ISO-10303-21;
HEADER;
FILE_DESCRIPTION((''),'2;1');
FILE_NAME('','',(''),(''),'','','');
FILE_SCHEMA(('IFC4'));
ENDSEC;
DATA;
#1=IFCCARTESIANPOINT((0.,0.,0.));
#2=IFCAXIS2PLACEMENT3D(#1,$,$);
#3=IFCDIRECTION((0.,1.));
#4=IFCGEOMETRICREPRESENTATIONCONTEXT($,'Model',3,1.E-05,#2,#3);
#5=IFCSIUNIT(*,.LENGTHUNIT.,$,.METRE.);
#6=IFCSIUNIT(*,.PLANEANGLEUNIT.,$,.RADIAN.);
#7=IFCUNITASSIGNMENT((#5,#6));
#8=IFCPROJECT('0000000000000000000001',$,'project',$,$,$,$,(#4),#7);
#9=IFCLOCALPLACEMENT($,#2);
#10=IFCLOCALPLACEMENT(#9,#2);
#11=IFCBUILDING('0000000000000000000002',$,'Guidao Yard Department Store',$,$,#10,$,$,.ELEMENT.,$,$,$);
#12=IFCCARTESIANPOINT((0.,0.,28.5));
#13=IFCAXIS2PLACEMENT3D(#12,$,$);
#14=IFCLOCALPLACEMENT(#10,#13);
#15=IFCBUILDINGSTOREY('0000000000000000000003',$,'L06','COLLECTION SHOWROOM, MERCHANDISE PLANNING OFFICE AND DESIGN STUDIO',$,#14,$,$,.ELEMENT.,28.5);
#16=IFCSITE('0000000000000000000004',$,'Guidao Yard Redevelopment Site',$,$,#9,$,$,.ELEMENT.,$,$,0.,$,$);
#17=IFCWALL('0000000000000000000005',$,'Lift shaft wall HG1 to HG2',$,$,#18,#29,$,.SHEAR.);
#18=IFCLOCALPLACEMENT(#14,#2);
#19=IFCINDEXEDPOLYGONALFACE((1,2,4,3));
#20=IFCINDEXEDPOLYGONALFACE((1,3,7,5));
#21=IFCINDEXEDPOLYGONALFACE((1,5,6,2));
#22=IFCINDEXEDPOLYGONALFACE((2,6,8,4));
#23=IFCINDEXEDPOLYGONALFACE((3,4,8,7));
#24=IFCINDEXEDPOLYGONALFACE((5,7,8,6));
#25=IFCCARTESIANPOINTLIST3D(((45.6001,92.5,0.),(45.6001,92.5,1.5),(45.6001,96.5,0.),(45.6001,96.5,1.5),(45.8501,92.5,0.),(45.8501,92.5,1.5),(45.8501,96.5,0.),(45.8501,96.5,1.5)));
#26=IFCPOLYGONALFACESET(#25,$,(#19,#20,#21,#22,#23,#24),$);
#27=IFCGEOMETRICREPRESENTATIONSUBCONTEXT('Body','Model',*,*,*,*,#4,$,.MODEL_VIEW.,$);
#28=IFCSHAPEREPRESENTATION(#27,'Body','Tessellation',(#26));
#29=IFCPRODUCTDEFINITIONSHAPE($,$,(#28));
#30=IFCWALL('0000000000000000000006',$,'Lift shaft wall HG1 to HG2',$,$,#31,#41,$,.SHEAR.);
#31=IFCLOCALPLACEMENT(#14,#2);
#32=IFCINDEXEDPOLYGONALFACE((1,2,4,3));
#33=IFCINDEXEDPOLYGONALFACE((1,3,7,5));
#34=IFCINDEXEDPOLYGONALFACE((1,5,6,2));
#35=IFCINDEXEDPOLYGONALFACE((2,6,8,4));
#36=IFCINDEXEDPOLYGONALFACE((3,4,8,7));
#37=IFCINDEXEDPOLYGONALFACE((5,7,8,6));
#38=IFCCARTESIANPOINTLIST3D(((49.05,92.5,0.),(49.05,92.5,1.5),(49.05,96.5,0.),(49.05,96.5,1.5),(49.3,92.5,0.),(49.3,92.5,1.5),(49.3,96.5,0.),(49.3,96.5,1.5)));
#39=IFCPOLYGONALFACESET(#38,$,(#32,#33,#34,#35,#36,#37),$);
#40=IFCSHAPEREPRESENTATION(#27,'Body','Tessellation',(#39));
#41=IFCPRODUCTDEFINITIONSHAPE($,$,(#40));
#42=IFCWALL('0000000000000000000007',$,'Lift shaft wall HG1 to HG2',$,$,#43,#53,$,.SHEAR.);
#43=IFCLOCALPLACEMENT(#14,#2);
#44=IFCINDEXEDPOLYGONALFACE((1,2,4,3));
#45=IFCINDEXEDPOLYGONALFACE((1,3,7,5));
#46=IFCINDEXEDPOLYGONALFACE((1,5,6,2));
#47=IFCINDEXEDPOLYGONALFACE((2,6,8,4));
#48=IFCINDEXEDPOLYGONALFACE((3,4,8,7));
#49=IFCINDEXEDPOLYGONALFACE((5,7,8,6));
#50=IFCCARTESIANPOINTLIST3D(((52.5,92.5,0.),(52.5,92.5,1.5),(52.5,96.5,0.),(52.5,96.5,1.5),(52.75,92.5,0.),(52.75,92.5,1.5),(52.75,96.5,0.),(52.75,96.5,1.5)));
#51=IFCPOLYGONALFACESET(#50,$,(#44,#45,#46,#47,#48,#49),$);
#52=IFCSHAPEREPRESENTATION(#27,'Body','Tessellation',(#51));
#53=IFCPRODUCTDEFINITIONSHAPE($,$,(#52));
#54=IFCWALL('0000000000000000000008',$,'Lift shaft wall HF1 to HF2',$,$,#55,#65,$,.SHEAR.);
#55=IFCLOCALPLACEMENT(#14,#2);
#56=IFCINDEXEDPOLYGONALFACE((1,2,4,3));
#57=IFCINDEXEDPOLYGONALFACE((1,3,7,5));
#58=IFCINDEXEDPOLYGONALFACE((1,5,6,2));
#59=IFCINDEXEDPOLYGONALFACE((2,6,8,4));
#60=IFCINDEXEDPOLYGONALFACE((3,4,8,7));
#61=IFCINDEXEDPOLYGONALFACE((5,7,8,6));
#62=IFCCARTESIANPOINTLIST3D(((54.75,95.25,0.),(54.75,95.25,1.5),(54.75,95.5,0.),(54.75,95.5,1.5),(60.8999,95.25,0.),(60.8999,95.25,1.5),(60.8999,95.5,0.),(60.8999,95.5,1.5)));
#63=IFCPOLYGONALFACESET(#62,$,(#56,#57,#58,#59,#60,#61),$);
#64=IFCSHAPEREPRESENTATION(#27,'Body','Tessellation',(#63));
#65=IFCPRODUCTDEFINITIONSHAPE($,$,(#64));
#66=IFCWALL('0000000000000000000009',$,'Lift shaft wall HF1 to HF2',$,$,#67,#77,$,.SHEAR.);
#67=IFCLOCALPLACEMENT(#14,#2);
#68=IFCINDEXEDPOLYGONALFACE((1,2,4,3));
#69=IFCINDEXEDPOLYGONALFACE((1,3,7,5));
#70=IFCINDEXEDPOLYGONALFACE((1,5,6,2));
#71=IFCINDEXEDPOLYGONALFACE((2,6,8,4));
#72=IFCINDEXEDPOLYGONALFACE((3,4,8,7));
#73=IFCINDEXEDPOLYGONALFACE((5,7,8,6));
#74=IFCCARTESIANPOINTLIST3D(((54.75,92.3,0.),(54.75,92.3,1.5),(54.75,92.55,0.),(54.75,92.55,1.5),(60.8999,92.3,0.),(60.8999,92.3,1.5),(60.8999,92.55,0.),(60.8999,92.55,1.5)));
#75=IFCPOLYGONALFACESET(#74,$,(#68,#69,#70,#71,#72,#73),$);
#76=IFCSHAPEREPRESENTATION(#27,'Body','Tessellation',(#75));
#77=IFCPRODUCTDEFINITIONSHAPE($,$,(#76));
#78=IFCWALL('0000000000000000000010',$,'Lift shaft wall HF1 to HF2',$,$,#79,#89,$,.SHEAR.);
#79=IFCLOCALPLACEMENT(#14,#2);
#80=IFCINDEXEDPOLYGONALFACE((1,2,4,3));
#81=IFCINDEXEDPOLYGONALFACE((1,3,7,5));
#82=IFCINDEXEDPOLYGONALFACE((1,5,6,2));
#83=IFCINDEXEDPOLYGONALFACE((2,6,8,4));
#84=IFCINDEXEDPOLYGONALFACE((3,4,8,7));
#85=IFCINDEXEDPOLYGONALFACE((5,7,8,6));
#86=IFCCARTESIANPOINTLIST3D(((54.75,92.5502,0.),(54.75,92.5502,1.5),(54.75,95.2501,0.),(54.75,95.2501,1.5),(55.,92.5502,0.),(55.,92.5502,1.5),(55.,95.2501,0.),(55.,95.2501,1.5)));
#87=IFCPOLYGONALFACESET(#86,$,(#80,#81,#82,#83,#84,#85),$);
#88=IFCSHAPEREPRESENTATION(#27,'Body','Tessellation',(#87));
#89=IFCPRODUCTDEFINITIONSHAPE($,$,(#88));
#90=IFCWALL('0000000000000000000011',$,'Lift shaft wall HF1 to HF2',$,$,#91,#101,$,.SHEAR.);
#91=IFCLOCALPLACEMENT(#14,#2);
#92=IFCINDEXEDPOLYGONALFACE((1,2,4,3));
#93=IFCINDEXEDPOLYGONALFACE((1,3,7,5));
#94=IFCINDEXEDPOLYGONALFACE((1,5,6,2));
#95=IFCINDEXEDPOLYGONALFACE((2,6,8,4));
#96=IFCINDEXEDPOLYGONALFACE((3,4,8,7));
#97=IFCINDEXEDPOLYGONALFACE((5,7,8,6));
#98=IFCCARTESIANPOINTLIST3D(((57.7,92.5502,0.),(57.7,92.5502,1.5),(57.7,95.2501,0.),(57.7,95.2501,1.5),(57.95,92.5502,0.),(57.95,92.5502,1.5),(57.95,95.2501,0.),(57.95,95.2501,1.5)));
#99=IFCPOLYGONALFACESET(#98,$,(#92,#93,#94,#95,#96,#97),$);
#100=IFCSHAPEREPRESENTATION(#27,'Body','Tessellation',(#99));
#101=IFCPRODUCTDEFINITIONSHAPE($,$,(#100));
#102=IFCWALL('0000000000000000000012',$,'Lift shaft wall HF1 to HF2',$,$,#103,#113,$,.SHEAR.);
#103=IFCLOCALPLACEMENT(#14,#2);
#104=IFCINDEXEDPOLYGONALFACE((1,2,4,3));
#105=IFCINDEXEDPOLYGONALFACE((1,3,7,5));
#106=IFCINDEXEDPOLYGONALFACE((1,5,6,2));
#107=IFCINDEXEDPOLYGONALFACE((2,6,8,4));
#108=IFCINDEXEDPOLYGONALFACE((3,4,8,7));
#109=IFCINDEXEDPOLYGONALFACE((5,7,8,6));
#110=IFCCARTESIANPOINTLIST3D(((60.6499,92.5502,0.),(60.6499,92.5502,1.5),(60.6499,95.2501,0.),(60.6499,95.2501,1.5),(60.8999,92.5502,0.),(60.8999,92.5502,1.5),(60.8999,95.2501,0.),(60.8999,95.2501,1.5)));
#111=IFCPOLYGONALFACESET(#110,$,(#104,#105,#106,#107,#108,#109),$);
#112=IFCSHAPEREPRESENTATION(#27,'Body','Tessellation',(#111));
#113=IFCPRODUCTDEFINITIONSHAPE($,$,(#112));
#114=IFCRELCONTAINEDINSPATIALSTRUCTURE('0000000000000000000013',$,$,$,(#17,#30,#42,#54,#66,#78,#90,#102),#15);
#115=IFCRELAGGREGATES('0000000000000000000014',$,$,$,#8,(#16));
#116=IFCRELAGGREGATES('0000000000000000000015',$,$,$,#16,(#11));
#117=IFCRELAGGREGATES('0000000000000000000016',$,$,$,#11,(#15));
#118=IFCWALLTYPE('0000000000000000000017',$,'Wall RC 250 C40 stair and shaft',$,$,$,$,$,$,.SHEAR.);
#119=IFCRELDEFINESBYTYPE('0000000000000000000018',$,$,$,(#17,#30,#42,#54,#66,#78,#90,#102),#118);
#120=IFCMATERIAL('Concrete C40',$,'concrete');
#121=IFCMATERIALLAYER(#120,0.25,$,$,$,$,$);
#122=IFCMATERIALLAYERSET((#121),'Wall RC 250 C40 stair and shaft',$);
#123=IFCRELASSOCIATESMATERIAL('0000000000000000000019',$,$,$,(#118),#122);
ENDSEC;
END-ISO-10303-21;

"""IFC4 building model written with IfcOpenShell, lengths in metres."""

from ifc_helpers import new_model, si_unit, direction, frame, frame_2d, origin, place, context, subcontext, project, spatial, rectangle, extrude, material, layer, layer_set, type_object, element, save


model = new_model("IFC4")

# Units and contexts
model_context = context("Model", 3, precision=1e-05, world=origin(), true_north=direction((0.0, 1.0)))
body_context = subcontext(model_context, "Body", "Model", "MODEL_VIEW")
ifc_project = project(units=[si_unit("LENGTHUNIT", "METRE"), si_unit("PLANEANGLEUNIT", "RADIAN")], contexts=[model_context])

# Site, building, storey
site_placement = place(None, origin())
site = spatial("IfcSite", under=ifc_project, at=site_placement, Name="Guidao Yard Redevelopment Site", CompositionType="ELEMENT", RefElevation=0.0)
building_placement = place(site_placement, origin())
building = spatial("IfcBuilding", under=site, at=building_placement, Name="Guidao Yard Department Store", CompositionType="ELEMENT")
storey_placement = place(building_placement, frame((0.0, 0.0, 28.5)))
storey = spatial("IfcBuildingStorey", under=building, at=storey_placement, Name="L06", Description="COLLECTION SHOWROOM, MERCHANDISE PLANNING OFFICE AND DESIGN STUDIO", CompositionType="ELEMENT", Elevation=28.5)

# Shared definitions
ifc_material_1 = material(Name="Concrete C40", Category="concrete")
ifc_layer = layer(ifc_material_1, 0.25)
ifc_layer_set = layer_set([ifc_layer], Name="Wall RC 250 C40 stair and shaft")
wall_type = type_object("IfcWallType", Name="Wall RC 250 C40 stair and shaft", PredefinedType="SHEAR", material=ifc_layer_set)

# Walls
for number, where, z_axis, x_axis, name in (
    (1, (45.7251, 92.5, 0.0), (0.0, 0.0, 1.0), (0.0, 1.0, 0.0), "Lift shaft wall HG1 to HG2"),
    (2, (49.175, 92.5, 0.0), (0.0, 0.0, 1.0), (0.0, 1.0, 0.0), "Lift shaft wall HG1 to HG2"),
    (3, (52.625, 92.5, 0.0), (0.0, 0.0, 1.0), (0.0, 1.0, 0.0), "Lift shaft wall HG1 to HG2"),
):
    element("IfcWall", number, at=place(storey_placement, frame(where, z_axis=z_axis, x_axis=x_axis)), inside=storey, type_object=wall_type, Name=name, PredefinedType="SHEAR", context=body_context, shape_type="SweptSolid", body=[
        extrude(rectangle(XDim=4.0, YDim=0.25, at=frame_2d((2.0, 0.0))), origin(), (0.0, 0.0, 1.0), 1.5),
    ])
for number, where, z_axis, x_axis, name in (
    (4, (54.75, 95.375, 0.0), (0.0, 0.0, 1.0), (1.0, 0.0, 0.0), "Lift shaft wall HF1 to HF2"),
    (5, (54.75, 92.425, 0.0), (0.0, 0.0, 1.0), (1.0, 0.0, 0.0), "Lift shaft wall HF1 to HF2"),
):
    element("IfcWall", number, at=place(storey_placement, frame(where, z_axis=z_axis, x_axis=x_axis)), inside=storey, type_object=wall_type, Name=name, PredefinedType="SHEAR", context=body_context, shape_type="SweptSolid", body=[
        extrude(rectangle(XDim=6.1499, YDim=0.25, at=frame_2d((3.075, 0.0))), origin(), (0.0, 0.0, 1.0), 1.5),
    ])
for number, where, z_axis, x_axis, name in (
    (6, (54.875, 92.55, 0.0), (0.0, 0.0, 1.0), (0.0, 1.0, 0.0), "Lift shaft wall HF1 to HF2"),
    (7, (57.825, 92.55, 0.0), (0.0, 0.0, 1.0), (0.0, 1.0, 0.0), "Lift shaft wall HF1 to HF2"),
    (8, (60.7749, 92.55, 0.0), (0.0, 0.0, 1.0), (0.0, 1.0, 0.0), "Lift shaft wall HF1 to HF2"),
):
    element("IfcWall", number, at=place(storey_placement, frame(where, z_axis=z_axis, x_axis=x_axis)), inside=storey, type_object=wall_type, Name=name, PredefinedType="SHEAR", context=body_context, shape_type="SweptSolid", body=[
        extrude(rectangle(XDim=2.7, YDim=0.25, at=frame_2d((1.3501, 0.0))), origin(), (0.0, 0.0, 1.0), 1.5),
    ])

save(model, "model.ifc")
